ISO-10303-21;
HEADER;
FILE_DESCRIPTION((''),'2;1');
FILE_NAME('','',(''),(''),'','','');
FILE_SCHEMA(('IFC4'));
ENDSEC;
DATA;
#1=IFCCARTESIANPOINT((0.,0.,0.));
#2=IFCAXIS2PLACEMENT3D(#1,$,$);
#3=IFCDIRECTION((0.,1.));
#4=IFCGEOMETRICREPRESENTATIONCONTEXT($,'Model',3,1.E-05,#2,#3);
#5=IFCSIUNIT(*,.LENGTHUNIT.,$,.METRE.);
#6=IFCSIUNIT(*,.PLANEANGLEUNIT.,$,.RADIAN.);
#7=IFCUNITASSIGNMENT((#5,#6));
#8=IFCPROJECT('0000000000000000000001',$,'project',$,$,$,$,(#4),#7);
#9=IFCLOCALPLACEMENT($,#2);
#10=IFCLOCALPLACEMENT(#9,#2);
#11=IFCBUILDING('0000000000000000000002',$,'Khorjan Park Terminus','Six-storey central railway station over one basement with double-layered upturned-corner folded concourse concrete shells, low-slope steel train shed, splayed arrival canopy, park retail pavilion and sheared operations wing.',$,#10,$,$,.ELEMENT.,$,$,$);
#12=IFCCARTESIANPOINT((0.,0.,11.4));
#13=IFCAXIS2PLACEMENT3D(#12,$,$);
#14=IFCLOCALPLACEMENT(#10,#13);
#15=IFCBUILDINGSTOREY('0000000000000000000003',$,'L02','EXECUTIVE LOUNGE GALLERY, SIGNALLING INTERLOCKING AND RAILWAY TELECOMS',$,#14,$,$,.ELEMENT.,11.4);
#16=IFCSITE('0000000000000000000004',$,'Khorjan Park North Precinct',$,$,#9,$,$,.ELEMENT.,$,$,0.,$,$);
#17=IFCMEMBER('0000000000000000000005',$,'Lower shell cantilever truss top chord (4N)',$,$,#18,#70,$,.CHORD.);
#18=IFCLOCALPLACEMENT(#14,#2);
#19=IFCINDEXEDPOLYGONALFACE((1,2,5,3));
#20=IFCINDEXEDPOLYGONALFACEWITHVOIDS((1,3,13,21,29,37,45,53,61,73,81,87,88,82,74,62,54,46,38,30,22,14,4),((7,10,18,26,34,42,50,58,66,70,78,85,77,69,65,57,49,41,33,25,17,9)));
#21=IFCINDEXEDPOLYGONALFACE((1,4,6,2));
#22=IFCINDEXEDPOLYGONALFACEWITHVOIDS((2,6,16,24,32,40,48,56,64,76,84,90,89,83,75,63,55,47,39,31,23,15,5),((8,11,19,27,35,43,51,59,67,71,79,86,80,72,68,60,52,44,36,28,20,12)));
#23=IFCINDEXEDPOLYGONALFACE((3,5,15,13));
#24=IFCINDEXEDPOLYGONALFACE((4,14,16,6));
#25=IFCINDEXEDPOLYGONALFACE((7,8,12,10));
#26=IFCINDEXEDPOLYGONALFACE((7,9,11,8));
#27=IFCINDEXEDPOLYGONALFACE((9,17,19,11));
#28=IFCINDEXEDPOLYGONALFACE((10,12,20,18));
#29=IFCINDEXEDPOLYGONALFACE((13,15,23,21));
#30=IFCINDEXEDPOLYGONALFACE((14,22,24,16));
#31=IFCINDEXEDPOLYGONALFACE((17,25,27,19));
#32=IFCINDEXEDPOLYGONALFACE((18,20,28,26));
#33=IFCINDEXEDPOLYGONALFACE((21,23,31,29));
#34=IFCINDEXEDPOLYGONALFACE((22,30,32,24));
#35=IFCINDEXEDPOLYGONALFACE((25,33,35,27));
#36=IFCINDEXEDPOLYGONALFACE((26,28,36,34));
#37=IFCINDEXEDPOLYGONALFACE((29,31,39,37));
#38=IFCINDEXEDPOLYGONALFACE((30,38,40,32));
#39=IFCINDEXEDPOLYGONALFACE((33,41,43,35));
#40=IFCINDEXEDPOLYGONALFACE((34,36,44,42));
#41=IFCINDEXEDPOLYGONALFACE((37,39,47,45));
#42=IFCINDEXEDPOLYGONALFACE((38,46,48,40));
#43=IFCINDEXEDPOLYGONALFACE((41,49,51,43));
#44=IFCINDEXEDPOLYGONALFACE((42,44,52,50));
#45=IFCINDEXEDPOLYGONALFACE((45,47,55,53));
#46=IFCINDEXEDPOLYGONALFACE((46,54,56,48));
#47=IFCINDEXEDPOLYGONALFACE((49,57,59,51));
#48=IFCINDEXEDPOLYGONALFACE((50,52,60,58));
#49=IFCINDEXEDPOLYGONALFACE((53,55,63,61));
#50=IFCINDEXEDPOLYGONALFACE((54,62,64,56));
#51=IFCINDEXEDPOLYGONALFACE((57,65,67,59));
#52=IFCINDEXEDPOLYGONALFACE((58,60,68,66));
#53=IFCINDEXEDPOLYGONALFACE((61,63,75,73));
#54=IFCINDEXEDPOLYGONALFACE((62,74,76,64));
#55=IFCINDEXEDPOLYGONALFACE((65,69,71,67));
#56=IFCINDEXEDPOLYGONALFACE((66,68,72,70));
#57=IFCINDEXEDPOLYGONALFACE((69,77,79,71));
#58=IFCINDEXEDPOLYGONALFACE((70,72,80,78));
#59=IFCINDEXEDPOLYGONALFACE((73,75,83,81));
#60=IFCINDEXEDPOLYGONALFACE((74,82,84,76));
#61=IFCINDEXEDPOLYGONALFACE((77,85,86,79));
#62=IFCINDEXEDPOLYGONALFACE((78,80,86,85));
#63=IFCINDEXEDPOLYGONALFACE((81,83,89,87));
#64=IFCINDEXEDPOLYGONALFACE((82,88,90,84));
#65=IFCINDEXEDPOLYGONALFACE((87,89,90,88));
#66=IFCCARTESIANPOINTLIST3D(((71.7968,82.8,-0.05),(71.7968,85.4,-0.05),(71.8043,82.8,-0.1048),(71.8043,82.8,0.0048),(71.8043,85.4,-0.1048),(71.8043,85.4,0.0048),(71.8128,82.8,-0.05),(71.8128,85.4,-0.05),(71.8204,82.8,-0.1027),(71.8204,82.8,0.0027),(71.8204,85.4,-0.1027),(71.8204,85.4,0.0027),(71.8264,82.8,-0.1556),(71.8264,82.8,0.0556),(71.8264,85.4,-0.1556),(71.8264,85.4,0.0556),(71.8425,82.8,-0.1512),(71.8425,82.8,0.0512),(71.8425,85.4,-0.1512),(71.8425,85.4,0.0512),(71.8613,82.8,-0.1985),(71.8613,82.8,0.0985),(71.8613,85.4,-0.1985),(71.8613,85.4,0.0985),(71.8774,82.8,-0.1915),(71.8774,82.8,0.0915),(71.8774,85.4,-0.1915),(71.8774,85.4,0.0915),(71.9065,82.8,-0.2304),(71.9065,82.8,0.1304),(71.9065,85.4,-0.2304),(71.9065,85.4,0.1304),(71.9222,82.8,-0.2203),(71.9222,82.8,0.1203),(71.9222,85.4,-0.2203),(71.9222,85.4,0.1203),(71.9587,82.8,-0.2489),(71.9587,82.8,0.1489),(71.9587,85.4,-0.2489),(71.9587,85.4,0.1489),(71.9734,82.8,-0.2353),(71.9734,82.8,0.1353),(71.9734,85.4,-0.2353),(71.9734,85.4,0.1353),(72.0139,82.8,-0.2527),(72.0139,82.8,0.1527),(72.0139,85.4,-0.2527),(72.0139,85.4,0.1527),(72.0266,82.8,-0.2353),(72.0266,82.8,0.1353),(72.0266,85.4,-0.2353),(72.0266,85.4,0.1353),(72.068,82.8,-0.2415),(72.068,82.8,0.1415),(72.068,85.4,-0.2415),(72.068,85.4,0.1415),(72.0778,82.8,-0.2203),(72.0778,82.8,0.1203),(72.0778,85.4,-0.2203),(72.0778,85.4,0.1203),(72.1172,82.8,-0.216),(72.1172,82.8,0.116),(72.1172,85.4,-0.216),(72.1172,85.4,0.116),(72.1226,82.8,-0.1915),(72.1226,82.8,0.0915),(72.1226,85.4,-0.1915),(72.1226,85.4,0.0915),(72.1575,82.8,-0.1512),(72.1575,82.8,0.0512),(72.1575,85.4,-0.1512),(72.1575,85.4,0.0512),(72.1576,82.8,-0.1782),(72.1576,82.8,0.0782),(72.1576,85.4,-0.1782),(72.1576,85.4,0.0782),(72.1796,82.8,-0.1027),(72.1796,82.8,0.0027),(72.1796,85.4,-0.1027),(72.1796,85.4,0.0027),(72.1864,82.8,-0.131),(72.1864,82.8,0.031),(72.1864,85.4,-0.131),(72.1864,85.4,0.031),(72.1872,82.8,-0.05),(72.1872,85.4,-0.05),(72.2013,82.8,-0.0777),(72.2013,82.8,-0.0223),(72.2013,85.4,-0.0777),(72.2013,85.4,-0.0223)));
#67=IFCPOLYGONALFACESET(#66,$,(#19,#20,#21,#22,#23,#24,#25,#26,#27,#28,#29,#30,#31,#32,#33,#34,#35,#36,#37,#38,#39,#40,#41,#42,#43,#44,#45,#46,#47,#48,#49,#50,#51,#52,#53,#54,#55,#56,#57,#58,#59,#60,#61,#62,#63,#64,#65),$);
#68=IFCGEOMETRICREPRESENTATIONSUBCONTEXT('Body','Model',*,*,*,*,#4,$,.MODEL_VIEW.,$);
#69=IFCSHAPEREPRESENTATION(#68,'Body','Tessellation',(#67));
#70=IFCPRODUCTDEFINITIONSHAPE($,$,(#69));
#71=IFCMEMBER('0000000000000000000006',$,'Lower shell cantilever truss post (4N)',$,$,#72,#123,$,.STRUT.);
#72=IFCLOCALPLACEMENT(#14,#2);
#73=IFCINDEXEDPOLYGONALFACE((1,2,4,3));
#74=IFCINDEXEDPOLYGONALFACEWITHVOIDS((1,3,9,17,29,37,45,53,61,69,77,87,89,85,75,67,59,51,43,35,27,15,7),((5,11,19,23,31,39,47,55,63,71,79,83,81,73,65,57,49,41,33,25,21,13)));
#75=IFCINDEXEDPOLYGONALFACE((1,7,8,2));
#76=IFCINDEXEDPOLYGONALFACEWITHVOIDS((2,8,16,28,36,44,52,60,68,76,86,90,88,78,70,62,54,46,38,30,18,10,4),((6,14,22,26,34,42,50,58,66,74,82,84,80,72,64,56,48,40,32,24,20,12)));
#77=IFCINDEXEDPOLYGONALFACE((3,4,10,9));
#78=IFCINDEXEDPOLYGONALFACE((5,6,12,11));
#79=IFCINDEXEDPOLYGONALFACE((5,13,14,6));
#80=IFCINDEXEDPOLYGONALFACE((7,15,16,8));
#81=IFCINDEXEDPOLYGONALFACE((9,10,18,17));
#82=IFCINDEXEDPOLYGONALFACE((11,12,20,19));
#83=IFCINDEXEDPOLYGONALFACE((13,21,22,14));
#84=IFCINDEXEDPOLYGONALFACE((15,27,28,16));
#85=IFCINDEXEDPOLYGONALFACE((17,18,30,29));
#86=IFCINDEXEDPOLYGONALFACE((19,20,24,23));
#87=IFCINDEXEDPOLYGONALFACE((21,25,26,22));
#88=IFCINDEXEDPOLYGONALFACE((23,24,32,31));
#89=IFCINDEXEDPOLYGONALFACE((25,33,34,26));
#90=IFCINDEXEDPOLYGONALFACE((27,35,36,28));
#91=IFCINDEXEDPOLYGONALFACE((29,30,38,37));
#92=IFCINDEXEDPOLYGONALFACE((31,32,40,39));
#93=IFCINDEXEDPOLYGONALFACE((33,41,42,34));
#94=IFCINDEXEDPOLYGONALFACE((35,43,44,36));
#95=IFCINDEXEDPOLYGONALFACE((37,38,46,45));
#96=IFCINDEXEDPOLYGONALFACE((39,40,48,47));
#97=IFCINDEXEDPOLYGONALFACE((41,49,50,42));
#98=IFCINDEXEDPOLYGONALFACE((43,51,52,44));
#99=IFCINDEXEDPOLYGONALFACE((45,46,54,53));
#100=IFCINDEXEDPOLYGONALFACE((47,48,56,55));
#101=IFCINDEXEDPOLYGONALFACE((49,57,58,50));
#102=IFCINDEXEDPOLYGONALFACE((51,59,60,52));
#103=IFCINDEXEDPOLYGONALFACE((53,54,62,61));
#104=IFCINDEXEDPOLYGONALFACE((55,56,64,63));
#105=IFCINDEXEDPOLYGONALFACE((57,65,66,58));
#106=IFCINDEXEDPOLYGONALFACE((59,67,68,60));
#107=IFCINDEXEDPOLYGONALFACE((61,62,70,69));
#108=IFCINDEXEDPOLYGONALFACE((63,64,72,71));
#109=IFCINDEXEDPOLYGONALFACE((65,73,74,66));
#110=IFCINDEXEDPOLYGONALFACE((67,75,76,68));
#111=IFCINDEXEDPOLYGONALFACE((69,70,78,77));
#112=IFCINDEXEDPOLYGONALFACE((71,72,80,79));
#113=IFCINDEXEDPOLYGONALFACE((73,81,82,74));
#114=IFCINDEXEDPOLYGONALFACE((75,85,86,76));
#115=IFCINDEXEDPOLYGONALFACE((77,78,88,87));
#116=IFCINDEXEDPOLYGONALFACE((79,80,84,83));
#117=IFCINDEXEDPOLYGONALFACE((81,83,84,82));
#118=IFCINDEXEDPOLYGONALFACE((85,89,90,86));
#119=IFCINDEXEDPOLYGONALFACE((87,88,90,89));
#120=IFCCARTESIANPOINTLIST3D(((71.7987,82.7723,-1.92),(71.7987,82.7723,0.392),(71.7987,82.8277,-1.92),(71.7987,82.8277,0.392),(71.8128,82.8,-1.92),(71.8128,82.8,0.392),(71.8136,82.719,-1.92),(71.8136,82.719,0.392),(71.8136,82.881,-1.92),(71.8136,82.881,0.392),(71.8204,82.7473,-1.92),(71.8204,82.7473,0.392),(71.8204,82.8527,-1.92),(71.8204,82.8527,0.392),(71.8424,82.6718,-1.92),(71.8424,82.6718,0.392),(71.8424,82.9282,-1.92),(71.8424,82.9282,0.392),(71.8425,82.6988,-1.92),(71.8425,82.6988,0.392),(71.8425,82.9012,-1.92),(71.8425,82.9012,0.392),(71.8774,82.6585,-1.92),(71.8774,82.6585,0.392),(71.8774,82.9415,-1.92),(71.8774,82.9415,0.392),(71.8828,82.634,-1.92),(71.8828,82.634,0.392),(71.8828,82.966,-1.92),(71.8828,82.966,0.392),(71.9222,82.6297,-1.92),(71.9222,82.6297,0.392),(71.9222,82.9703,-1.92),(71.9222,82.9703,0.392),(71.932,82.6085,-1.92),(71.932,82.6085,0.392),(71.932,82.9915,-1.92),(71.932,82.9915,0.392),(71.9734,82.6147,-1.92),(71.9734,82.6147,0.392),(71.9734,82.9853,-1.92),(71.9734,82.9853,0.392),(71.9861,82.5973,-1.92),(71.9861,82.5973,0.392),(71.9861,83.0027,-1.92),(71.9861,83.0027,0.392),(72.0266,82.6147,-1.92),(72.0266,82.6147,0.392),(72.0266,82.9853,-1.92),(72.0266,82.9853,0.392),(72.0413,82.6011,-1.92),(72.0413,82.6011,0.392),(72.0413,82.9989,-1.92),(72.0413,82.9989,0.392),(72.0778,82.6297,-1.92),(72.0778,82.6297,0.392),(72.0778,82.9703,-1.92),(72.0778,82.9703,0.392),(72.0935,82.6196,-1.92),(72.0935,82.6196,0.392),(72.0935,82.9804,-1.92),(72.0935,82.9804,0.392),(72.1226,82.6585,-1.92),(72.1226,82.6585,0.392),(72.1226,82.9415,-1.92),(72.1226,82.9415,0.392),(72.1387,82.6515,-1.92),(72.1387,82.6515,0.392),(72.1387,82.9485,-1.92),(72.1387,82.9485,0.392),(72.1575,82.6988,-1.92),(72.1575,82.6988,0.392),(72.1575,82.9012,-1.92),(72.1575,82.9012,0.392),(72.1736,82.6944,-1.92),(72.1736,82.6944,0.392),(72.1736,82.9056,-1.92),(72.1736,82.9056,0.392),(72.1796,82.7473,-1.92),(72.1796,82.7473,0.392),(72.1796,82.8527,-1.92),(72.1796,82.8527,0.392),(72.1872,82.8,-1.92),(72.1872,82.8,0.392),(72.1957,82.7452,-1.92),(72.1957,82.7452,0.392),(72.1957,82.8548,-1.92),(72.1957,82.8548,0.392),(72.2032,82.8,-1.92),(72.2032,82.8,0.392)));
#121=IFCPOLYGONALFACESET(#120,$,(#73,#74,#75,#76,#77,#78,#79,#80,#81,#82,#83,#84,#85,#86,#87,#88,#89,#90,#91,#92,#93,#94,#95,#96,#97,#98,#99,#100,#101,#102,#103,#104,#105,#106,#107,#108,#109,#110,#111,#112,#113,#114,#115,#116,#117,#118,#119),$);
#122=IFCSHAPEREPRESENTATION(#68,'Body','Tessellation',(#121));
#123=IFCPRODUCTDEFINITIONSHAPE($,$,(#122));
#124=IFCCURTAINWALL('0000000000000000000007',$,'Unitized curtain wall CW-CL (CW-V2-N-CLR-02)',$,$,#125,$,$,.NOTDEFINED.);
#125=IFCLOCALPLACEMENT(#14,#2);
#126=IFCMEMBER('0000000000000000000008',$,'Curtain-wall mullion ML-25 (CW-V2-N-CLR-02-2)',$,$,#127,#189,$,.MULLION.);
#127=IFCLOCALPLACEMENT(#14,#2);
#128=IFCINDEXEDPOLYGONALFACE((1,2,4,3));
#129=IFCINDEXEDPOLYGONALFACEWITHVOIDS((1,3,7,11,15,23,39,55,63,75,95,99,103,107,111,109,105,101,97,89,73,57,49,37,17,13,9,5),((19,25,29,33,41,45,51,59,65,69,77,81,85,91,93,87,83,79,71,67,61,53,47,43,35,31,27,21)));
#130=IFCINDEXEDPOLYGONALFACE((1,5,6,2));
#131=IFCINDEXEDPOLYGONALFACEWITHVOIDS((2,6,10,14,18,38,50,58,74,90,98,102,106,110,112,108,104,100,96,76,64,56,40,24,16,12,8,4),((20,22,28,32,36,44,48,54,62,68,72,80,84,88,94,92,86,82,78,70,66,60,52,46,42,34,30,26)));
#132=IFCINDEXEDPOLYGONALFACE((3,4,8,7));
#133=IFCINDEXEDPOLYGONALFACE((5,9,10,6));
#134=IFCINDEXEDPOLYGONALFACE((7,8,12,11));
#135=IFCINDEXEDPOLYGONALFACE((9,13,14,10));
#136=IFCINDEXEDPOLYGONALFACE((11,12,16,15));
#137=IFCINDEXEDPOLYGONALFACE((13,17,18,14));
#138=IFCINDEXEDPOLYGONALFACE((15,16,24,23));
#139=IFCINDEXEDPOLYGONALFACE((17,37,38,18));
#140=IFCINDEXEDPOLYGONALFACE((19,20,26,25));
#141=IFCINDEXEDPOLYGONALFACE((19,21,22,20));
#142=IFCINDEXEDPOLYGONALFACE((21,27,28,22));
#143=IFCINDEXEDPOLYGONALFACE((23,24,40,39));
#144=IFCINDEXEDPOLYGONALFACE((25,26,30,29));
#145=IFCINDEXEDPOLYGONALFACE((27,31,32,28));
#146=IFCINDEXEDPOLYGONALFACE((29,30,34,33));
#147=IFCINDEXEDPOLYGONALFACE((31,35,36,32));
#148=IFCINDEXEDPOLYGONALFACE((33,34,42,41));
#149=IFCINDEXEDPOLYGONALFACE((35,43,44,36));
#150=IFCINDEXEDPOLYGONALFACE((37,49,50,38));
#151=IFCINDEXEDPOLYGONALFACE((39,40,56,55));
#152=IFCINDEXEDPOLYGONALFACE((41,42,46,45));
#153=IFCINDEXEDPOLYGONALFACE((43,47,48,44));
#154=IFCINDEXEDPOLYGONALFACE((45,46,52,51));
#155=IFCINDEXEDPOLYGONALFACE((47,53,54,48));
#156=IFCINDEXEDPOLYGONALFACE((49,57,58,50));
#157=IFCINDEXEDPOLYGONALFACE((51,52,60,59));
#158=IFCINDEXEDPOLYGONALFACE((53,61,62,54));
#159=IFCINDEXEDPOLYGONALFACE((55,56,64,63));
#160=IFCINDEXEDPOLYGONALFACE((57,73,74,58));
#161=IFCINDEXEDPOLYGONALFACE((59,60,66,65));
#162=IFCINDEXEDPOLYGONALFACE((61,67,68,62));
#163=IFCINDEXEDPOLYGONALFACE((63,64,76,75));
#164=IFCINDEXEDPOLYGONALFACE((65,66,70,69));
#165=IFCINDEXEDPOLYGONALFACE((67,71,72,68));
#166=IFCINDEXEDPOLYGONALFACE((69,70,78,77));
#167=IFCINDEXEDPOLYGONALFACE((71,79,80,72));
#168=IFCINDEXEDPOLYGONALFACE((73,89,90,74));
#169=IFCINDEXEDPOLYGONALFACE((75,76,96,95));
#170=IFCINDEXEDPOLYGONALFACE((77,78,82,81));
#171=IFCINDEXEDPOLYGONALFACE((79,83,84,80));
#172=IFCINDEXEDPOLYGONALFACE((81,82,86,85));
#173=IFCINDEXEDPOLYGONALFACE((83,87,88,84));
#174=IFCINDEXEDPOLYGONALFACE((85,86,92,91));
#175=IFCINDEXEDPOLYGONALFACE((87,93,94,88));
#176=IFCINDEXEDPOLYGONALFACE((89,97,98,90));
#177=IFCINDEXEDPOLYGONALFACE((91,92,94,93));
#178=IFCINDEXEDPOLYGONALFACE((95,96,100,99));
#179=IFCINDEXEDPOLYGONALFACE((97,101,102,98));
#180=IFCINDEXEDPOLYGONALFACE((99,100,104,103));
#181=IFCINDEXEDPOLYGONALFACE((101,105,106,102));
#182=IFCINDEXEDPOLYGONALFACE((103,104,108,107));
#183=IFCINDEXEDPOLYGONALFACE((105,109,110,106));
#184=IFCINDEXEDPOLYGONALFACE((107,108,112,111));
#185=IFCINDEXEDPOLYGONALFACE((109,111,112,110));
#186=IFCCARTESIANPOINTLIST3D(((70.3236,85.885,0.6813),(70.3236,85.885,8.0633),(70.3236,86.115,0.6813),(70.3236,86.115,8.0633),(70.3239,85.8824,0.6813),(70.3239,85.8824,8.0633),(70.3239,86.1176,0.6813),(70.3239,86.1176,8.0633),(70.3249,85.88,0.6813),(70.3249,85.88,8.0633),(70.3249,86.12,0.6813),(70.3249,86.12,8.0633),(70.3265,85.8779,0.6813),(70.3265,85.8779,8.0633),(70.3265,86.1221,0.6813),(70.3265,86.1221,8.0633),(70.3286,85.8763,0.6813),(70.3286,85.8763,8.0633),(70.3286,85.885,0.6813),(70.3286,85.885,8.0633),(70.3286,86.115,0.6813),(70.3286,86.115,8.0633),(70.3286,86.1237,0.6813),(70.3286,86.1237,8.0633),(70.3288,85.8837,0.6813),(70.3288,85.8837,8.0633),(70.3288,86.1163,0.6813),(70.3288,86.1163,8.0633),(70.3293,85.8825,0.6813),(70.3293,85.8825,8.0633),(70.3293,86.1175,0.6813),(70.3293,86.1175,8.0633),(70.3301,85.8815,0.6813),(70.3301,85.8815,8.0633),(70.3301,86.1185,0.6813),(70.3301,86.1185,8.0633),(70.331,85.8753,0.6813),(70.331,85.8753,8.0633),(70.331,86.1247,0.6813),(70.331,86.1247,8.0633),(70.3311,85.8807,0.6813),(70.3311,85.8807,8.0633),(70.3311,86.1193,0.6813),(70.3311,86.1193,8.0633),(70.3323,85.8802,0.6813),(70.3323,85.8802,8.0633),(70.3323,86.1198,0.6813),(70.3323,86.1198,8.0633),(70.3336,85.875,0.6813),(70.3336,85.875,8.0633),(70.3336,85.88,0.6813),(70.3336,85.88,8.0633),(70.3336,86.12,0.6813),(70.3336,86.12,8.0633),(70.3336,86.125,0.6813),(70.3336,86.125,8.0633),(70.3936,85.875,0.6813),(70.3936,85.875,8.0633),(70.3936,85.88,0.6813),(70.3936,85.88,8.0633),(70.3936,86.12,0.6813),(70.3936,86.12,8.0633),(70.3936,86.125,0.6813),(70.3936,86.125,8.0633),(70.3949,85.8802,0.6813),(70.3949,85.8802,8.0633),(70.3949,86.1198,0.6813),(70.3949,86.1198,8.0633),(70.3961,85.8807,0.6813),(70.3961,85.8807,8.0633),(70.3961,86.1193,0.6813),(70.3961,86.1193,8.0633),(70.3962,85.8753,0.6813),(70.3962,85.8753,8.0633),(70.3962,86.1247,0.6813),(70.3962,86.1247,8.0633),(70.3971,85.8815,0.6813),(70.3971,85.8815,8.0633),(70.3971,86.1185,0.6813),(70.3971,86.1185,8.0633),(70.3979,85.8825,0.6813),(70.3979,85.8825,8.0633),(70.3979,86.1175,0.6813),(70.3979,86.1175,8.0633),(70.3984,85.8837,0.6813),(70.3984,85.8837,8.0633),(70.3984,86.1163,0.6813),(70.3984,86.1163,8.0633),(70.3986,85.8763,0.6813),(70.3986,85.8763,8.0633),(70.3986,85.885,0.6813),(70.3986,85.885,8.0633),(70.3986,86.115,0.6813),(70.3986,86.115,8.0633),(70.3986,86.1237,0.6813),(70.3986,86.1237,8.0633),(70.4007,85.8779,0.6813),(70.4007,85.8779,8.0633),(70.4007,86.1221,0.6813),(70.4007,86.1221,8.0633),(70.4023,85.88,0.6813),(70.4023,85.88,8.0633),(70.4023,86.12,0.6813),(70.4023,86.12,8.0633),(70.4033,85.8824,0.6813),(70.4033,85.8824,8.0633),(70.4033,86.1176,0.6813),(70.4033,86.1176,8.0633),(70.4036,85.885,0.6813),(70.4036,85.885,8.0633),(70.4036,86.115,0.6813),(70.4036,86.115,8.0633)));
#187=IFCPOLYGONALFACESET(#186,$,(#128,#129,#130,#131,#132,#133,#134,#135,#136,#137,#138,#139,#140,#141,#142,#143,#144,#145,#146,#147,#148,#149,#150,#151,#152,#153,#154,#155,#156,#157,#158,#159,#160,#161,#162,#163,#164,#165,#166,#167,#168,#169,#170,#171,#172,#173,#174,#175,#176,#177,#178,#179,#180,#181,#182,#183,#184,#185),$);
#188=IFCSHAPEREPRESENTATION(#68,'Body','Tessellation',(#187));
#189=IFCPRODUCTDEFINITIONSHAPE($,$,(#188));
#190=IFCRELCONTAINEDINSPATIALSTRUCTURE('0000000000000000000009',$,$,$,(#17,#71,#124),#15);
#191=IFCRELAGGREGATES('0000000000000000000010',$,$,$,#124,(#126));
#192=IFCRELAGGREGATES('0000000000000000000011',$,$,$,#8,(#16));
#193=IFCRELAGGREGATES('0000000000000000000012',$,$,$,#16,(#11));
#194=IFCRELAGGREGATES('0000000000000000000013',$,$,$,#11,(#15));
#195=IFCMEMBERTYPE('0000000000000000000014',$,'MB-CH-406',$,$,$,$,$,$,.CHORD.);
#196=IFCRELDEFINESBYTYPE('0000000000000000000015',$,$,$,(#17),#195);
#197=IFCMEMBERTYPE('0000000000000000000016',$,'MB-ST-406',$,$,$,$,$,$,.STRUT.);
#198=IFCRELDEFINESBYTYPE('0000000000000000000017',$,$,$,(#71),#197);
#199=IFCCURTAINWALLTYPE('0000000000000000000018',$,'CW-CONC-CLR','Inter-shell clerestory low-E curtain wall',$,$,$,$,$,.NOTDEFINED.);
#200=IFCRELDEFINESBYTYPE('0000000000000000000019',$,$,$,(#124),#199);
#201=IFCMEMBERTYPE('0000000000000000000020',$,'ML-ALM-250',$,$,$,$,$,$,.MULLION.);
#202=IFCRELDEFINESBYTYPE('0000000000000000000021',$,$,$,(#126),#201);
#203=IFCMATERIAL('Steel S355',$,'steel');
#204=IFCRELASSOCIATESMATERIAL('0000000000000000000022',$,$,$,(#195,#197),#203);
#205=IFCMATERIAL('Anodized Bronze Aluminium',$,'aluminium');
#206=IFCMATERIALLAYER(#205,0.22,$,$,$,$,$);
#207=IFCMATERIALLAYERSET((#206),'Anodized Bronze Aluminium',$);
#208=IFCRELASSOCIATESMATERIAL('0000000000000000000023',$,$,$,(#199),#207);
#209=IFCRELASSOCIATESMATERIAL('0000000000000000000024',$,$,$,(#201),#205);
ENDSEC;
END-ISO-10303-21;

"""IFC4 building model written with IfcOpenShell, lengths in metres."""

from ifc_helpers import new_model, si_unit, direction, frame, origin, origin_2d, place, context, subcontext, project, spatial, hollow_rectangle, hollow_circle, extrude, material, layer, layer_set, material_profile, profile_set, type_object, element, aggregate, save


model = new_model("IFC4")

# Units and contexts
model_context = context("Model", 3, precision=1e-05, world=origin(), true_north=direction((0.0, 1.0)))
body_context = subcontext(model_context, "Body", "Model", "MODEL_VIEW")
ifc_project = project(units=[si_unit("LENGTHUNIT", "METRE"), si_unit("PLANEANGLEUNIT", "RADIAN")], contexts=[model_context])

# Site, building, storey
site_placement = place(None, origin())
site = spatial("IfcSite", under=ifc_project, at=site_placement, Name="Khorjan Park North Precinct", CompositionType="ELEMENT", RefElevation=0.0)
building_placement = place(site_placement, origin())
building = spatial("IfcBuilding", under=site, at=building_placement, Name="Khorjan Park Terminus", Description="Six-storey central railway station over one basement with double-layered upturned-corner folded concourse concrete shells, low-slope steel train shed, splayed arrival canopy, park retail pavilion and sheared operations wing.", CompositionType="ELEMENT")
storey_placement = place(building_placement, frame((0.0, 0.0, 11.4)))
storey = spatial("IfcBuildingStorey", under=building, at=storey_placement, Name="L02", Description="EXECUTIVE LOUNGE GALLERY, SIGNALLING INTERLOCKING AND RAILWAY TELECOMS", CompositionType="ELEMENT", Elevation=11.4)

# Members
ifc_material_1 = material(Name="Steel S355", Category="steel")
ifc_material_profile_1 = material_profile(ifc_material_1, hollow_circle(Radius=0.2032, WallThickness=0.016, at=origin_2d()), Name="CHS 406.4x16")
ifc_profile_set_1 = profile_set([ifc_material_profile_1], Name="Steel S355")
member_type_1 = type_object("IfcMemberType", Name="MB-CH-406", PredefinedType="CHORD", material=ifc_profile_set_1)
member_1_placement = place(storey_placement, frame((72.0, 82.8, -0.05), z_axis=(0.0, 1.0, 0.0), x_axis=(-1.0, 0.0, 0.0)))
element("IfcMember", 1, at=member_1_placement, inside=storey, type_object=member_type_1, Name="Lower shell cantilever truss top chord (4N)", PredefinedType="CHORD", context=body_context, shape_type="SweptSolid", body=[
    extrude(hollow_circle(Radius=0.2032, WallThickness=0.016, at=origin_2d()), origin(), (0.0, 0.0, 1.0), 2.6),
])
ifc_material_profile_2 = material_profile(ifc_material_1, hollow_circle(Radius=0.2032, WallThickness=0.016, at=origin_2d()), Name="CHS 406.4x16")
ifc_profile_set_2 = profile_set([ifc_material_profile_2], Name="Steel S355")
member_type_2 = type_object("IfcMemberType", Name="MB-ST-406", PredefinedType="STRUT", material=ifc_profile_set_2)
member_2_placement = place(storey_placement, frame((72.0, 82.8, -1.92), z_axis=(0.0, 0.0, 1.0), x_axis=(1.0, 0.0, 0.0)))
element("IfcMember", 2, at=member_2_placement, inside=storey, type_object=member_type_2, Name="Lower shell cantilever truss post (4N)", PredefinedType="STRUT", context=body_context, shape_type="SweptSolid", body=[
    extrude(hollow_circle(Radius=0.2032, WallThickness=0.016, at=origin_2d()), origin(), (0.0, 0.0, 1.0), 2.312),
])

# Curtain wall, member
ifc_material_2 = material(Name="Anodized Bronze Aluminium", Category="aluminium")
ifc_layer_1 = layer(ifc_material_2, 0.22)
ifc_layer_set_1 = layer_set([ifc_layer_1], Name="Anodized Bronze Aluminium")
curtain_wall_type = type_object("IfcCurtainWallType", Name="CW-CONC-CLR", Description="Inter-shell clerestory low-E curtain wall", PredefinedType="NOTDEFINED", material=ifc_layer_set_1)
curtain_wall_placement = place(storey_placement, origin())
curtain_wall = element("IfcCurtainWall", 3, at=curtain_wall_placement, inside=storey, type_object=curtain_wall_type, Name="Unitized curtain wall CW-CL (CW-V2-N-CLR-02)", PredefinedType="NOTDEFINED")
ifc_material_profile_3 = material_profile(ifc_material_2, hollow_rectangle(XDim=0.08, YDim=0.25, WallThickness=0.005, InnerFilletRadius=0.005, OuterFilletRadius=0.01, at=origin_2d()), Name="ALM 80x250x5")
ifc_profile_set_3 = profile_set([ifc_material_profile_3], Name="Anodized Bronze Aluminium")
member_type_3 = type_object("IfcMemberType", Name="ML-ALM-250", PredefinedType="MULLION", material=ifc_profile_set_3)
member_3_placement = place(storey_placement, frame((70.3636, 86.0, 0.6813), z_axis=(0.0, 0.0, 1.0), x_axis=(-1.0, 0.0, 0.0)))
member_3 = element("IfcMember", 4, at=member_3_placement, type_object=member_type_3, Name="Curtain-wall mullion ML-25 (CW-V2-N-CLR-02-2)", PredefinedType="MULLION", context=body_context, shape_type="SweptSolid", body=[
    extrude(hollow_rectangle(XDim=0.08, YDim=0.25, WallThickness=0.005, InnerFilletRadius=0.005, OuterFilletRadius=0.01, at=origin_2d()), origin(), (0.0, 0.0, 1.0), 7.382),
])

aggregate(curtain_wall, [member_3])

save(model, "model.ifc")
